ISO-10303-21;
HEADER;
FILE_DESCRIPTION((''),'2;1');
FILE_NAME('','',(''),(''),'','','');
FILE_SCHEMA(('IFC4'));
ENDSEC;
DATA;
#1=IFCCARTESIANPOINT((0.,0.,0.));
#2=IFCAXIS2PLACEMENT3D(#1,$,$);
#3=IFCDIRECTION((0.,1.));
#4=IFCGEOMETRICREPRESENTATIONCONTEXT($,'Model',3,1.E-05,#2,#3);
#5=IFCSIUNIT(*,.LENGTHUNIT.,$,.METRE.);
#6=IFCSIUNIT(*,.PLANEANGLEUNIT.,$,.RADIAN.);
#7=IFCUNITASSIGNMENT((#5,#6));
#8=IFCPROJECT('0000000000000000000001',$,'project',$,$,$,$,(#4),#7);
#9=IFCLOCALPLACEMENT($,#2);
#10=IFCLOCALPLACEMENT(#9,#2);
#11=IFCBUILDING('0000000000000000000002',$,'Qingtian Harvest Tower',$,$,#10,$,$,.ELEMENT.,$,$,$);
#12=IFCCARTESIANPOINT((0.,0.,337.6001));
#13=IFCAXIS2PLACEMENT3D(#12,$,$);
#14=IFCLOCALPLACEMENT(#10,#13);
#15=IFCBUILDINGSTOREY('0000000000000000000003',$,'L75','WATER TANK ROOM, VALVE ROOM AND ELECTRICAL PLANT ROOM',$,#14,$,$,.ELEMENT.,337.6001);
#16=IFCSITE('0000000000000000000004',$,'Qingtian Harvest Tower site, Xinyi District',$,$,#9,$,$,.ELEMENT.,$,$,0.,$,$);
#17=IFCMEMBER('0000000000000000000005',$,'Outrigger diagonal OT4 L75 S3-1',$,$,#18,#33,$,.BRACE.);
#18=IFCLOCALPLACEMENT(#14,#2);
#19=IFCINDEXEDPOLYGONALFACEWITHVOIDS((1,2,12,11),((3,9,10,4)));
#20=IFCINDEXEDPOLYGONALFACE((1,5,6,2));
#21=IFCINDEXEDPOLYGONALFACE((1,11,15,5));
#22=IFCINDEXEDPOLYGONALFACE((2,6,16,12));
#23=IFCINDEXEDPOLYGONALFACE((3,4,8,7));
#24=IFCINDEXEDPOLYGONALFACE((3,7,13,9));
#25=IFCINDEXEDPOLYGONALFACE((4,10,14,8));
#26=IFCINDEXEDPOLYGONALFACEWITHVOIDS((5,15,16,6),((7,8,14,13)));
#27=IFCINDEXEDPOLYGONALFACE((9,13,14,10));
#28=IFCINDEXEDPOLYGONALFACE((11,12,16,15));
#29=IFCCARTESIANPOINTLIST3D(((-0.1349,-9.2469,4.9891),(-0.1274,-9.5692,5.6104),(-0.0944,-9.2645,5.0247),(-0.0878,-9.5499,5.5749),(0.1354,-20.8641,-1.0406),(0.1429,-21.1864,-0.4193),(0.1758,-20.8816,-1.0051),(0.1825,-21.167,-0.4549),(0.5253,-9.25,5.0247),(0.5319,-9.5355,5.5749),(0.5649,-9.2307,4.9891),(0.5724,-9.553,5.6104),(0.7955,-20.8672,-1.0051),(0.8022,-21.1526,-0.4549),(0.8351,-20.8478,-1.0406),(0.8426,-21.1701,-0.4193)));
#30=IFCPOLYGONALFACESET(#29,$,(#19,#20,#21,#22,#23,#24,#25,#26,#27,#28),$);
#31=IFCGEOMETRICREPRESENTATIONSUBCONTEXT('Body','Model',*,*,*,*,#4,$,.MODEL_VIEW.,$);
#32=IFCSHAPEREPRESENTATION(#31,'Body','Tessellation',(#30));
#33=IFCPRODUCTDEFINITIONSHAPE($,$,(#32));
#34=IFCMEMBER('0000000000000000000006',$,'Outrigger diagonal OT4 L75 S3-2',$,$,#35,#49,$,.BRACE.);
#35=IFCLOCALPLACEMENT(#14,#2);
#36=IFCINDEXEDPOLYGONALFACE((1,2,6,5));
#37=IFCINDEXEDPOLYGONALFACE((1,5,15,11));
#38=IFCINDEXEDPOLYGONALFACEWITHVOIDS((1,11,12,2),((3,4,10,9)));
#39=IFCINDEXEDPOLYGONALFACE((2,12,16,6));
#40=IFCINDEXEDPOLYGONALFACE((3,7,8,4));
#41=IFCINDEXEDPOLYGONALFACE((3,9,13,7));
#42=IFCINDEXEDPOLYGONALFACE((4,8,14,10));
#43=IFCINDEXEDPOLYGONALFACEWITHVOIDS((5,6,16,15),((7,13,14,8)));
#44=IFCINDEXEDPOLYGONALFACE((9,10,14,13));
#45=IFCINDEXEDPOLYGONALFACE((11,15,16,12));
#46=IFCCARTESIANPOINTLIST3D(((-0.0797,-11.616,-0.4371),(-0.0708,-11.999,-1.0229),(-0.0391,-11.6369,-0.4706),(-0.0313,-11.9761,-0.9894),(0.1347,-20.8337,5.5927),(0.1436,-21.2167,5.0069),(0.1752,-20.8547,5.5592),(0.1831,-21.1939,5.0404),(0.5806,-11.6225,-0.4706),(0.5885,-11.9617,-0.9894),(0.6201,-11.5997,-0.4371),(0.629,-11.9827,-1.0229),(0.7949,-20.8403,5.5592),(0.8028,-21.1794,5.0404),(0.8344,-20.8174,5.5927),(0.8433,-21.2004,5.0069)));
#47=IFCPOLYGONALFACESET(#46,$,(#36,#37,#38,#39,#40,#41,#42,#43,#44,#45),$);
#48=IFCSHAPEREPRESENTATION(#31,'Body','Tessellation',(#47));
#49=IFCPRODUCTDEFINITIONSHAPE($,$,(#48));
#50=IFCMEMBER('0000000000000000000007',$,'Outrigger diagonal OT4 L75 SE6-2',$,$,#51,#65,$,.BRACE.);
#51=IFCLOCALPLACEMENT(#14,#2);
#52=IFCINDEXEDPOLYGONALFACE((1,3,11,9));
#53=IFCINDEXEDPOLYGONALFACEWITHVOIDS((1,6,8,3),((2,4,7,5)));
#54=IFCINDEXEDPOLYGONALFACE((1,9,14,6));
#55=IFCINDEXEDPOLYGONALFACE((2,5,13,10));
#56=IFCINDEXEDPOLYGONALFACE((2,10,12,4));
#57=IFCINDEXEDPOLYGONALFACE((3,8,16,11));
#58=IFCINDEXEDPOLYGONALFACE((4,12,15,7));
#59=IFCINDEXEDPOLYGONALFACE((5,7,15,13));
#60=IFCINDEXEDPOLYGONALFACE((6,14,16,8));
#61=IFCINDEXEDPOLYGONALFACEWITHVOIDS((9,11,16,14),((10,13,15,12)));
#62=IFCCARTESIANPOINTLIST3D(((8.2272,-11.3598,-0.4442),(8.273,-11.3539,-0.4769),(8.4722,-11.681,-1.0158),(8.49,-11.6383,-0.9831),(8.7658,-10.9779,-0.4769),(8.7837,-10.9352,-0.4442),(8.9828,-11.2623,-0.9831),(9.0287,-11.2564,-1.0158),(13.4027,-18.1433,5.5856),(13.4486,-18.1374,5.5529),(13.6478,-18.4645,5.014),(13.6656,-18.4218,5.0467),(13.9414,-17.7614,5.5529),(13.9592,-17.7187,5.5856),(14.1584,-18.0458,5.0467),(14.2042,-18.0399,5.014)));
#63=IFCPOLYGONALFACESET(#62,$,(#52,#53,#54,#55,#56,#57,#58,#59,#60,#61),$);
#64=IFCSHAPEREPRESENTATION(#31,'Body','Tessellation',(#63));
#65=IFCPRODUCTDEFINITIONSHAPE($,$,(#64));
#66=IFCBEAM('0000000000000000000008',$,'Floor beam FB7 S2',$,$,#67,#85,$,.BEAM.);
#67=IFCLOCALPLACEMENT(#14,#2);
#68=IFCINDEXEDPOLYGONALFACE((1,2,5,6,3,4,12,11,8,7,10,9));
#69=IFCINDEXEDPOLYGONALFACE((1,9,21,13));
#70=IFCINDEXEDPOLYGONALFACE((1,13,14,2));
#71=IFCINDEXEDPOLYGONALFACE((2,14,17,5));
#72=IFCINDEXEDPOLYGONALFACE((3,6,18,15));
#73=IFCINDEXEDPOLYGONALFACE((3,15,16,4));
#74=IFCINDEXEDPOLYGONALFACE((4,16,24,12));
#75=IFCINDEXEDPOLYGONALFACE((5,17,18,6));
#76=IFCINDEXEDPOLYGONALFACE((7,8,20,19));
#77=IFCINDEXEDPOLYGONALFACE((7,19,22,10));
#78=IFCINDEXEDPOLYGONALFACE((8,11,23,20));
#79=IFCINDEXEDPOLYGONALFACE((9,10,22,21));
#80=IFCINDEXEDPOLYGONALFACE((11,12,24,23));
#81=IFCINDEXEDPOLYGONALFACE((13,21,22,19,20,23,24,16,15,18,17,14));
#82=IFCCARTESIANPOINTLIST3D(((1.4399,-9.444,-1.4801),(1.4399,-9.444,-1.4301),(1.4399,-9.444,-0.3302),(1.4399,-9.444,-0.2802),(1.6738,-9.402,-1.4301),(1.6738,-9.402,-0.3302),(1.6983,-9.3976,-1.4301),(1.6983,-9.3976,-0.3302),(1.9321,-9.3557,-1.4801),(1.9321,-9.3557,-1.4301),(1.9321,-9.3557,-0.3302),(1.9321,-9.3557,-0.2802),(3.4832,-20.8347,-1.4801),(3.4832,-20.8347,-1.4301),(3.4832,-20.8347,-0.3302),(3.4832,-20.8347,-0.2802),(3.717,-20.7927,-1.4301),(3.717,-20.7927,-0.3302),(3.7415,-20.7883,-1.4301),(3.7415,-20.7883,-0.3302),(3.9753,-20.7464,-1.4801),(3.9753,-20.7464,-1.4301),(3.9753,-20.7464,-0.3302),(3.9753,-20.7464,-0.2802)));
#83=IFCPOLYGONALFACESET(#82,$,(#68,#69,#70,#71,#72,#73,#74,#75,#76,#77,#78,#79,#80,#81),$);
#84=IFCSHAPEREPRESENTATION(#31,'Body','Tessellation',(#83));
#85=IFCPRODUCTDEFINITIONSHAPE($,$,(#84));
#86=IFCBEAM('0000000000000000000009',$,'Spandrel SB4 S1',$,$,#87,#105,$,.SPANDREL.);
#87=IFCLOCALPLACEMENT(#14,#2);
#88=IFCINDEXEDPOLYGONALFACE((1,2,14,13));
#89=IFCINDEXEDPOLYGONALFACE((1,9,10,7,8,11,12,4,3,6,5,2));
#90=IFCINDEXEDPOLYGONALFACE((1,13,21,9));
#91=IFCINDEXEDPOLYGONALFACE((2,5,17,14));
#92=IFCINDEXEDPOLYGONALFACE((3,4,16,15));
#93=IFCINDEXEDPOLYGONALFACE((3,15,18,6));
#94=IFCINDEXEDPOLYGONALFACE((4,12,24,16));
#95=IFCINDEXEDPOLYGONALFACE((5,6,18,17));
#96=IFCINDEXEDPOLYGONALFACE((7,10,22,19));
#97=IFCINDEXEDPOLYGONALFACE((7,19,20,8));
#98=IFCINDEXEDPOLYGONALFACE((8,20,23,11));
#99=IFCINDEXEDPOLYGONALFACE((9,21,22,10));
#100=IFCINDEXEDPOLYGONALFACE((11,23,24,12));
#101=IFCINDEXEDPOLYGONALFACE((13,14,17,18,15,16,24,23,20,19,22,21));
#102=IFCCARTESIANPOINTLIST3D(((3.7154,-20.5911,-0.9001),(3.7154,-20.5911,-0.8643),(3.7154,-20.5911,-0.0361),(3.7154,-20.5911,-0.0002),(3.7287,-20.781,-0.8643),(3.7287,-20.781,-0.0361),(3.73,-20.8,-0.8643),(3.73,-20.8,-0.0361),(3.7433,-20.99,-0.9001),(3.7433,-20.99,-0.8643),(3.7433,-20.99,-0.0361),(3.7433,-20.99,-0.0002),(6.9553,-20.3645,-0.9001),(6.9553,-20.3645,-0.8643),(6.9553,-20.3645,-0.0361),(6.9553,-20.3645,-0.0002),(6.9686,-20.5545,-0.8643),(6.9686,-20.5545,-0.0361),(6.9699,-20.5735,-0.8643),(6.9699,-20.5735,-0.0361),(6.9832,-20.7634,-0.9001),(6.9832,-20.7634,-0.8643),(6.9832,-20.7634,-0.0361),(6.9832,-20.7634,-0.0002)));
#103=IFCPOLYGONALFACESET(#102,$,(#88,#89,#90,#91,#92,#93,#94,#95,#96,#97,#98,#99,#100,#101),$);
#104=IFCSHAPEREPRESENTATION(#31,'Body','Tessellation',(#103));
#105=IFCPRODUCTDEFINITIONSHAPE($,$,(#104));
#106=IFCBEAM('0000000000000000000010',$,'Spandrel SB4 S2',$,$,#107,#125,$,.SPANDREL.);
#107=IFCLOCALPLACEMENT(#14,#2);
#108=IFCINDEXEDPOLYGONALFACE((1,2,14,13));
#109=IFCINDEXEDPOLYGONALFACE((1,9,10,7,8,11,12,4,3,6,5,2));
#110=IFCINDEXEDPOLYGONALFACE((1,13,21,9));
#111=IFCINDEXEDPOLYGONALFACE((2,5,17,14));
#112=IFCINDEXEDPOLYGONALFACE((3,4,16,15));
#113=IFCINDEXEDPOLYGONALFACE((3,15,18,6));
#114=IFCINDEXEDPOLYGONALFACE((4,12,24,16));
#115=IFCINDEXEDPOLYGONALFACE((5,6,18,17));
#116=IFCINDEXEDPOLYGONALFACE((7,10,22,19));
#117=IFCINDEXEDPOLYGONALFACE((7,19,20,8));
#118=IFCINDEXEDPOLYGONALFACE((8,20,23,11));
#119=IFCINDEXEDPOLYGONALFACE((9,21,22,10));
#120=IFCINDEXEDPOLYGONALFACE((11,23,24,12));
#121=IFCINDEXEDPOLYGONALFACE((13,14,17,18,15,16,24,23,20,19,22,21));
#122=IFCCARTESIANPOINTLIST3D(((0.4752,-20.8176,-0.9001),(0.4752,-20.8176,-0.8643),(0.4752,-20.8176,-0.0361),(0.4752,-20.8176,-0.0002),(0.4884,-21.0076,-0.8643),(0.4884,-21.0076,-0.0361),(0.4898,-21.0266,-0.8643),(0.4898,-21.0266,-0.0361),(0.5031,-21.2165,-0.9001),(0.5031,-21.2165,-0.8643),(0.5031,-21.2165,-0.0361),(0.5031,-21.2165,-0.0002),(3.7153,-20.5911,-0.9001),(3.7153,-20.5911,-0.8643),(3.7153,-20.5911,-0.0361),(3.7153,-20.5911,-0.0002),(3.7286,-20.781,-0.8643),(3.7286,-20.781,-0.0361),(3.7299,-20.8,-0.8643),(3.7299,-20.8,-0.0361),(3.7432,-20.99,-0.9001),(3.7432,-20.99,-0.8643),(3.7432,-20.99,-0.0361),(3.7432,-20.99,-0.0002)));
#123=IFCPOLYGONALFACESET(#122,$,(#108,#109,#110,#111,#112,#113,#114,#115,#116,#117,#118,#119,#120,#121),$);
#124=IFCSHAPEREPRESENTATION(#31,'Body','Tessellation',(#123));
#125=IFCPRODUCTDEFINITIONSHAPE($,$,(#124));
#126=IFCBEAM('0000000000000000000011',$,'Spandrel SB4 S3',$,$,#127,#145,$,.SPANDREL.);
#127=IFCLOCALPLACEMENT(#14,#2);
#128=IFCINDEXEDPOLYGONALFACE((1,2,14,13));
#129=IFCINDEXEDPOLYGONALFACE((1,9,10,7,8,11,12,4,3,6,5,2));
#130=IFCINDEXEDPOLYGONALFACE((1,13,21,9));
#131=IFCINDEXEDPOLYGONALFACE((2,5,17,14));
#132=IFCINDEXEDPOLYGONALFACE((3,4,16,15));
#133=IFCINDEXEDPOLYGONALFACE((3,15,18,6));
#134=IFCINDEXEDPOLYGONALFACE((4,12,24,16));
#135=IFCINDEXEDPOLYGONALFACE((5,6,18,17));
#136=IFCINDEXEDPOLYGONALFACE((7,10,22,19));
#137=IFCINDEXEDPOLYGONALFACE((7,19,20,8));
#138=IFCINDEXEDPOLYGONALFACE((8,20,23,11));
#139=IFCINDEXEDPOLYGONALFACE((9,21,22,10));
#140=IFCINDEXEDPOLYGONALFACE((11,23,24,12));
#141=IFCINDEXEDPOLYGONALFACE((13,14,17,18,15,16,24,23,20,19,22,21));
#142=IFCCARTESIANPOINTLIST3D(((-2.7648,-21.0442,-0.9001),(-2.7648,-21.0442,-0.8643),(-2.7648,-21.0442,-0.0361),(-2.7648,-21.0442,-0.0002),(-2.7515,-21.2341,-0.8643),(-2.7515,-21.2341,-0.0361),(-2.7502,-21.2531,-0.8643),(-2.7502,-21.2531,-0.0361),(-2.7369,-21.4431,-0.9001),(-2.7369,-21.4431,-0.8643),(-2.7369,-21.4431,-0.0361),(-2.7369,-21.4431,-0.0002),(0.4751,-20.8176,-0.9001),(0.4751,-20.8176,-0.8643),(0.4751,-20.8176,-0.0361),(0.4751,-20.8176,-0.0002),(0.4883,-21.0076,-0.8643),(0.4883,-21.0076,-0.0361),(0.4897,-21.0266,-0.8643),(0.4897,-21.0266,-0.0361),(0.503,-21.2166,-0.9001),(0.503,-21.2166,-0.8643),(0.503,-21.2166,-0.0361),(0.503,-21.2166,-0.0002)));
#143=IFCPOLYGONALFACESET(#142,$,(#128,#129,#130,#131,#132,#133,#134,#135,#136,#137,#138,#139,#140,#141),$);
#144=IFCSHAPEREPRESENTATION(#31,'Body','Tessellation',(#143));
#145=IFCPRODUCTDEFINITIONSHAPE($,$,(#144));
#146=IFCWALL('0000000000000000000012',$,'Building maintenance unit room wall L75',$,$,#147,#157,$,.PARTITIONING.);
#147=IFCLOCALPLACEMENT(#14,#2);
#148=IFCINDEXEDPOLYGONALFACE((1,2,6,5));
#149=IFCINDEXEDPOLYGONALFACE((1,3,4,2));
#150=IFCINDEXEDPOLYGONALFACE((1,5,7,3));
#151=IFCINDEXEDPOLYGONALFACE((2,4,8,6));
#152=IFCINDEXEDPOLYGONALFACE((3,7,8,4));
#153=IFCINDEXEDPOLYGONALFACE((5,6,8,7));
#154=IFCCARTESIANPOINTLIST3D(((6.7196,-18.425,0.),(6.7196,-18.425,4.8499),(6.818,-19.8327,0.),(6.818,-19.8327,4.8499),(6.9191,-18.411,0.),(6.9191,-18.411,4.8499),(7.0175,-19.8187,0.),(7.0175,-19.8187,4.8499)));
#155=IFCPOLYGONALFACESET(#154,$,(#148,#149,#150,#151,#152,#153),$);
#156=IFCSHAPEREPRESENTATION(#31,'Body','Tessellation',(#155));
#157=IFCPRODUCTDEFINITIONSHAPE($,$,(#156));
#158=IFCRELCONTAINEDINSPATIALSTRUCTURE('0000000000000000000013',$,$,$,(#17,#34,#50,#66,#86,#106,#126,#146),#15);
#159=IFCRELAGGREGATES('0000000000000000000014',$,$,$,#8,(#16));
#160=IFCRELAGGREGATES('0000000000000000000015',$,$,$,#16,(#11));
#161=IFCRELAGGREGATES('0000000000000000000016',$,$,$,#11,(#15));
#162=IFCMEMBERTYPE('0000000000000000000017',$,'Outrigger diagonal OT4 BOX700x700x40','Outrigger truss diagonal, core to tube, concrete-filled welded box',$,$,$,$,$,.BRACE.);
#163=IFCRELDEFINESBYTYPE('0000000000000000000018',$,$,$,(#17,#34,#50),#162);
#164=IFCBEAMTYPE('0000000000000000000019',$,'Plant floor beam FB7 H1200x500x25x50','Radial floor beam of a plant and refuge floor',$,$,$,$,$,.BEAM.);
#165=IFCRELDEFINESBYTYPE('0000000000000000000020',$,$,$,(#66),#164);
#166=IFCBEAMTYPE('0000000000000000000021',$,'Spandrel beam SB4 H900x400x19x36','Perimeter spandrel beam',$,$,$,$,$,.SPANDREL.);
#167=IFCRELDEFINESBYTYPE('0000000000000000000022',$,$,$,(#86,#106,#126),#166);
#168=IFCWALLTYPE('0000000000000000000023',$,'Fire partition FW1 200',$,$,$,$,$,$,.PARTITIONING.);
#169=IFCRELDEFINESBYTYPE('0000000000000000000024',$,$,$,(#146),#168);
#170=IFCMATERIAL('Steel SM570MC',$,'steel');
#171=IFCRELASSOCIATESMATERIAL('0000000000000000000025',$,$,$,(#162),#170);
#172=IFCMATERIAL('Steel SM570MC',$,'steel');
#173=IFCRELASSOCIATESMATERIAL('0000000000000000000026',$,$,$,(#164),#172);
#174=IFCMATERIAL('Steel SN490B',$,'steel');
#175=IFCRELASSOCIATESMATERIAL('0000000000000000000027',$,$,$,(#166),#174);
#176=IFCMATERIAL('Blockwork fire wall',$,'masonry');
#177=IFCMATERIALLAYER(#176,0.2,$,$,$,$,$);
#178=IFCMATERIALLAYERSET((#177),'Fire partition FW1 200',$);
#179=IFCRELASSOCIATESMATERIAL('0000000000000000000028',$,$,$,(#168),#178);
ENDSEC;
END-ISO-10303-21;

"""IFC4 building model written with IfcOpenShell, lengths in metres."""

from ifc_helpers import new_model, si_unit, direction, frame, frame_2d, origin, origin_2d, place, context, subcontext, project, spatial, rectangle, hollow_rectangle, i_section, extrude, material, layer, layer_set, material_profile, profile_set, type_object, element, save


model = new_model("IFC4")

# Units and contexts
model_context = context("Model", 3, precision=1e-05, world=origin(), true_north=direction((0.0, 1.0)))
body_context = subcontext(model_context, "Body", "Model", "MODEL_VIEW")
ifc_project = project(units=[si_unit("LENGTHUNIT", "METRE"), si_unit("PLANEANGLEUNIT", "RADIAN")], contexts=[model_context])

# Site, building, storey
site_placement = place(None, origin())
site = spatial("IfcSite", under=ifc_project, at=site_placement, Name="Qingtian Harvest Tower site, Xinyi District", CompositionType="ELEMENT", RefElevation=0.0)
building_placement = place(site_placement, origin())
building = spatial("IfcBuilding", under=site, at=building_placement, Name="Qingtian Harvest Tower", CompositionType="ELEMENT")
storey_placement = place(building_placement, frame((0.0, 0.0, 337.6001)))
storey = spatial("IfcBuildingStorey", under=building, at=storey_placement, Name="L75", Description="WATER TANK ROOM, VALVE ROOM AND ELECTRICAL PLANT ROOM", CompositionType="ELEMENT", Elevation=337.6001)

# Members
ifc_material_1 = material(Name="Steel SM570MC", Category="steel")
ifc_material_profile_1 = material_profile(ifc_material_1, hollow_rectangle(XDim=0.7, YDim=0.7, WallThickness=0.04, at=origin_2d()), Name="BOX700x700x40")
ifc_profile_set_1 = profile_set([ifc_material_profile_1], Name="Steel SM570MC")
member_type = type_object("IfcMemberType", Name="Outrigger diagonal OT4 BOX700x700x40", Description="Outrigger truss diagonal, core to tube, concrete-filled welded box", PredefinedType="BRACE", material=ifc_profile_set_1)
member_1_placement = place(storey_placement, frame((0.489, -21.0171, -0.73), z_axis=(-0.020644, 0.887376, 0.460584), x_axis=(-0.99973, -0.023258, 0.0)))
element("IfcMember", 1, at=member_1_placement, inside=storey, type_object=member_type, Name="Outrigger diagonal OT4 L75 S3-1", PredefinedType="BRACE", context=body_context, shape_type="SweptSolid", body=[
    extrude(hollow_rectangle(XDim=0.7, YDim=0.7, WallThickness=0.04, at=origin_2d()), origin(), (0.0, 0.0, 1.0), 13.0916),
])
member_2_placement = place(storey_placement, frame((0.2747, -11.7993, -0.73), z_axis=(0.019457, -0.836696, 0.547322), x_axis=(0.99973, 0.023248, 0.0)))
element("IfcMember", 2, at=member_2_placement, inside=storey, type_object=member_type, Name="Outrigger diagonal OT4 L75 S3-2", PredefinedType="BRACE", context=body_context, shape_type="SweptSolid", body=[
    extrude(hollow_rectangle(XDim=0.7, YDim=0.7, WallThickness=0.04, at=origin_2d()), origin(), (0.0, 0.0, 1.0), 11.0168),
])
member_3_placement = place(storey_placement, frame((8.6279, -11.3081, -0.73), z_axis=(0.495364, -0.649261, 0.577126), x_axis=(0.795025, 0.606577, 0.0)))
element("IfcMember", 3, at=member_3_placement, inside=storey, type_object=member_type, Name="Outrigger diagonal OT4 L75 SE6-2", PredefinedType="BRACE", context=body_context, shape_type="SweptSolid", body=[
    extrude(hollow_rectangle(XDim=0.7, YDim=0.7, WallThickness=0.04, at=origin_2d()), origin(), (0.0, 0.0, 1.0), 10.448),
])

# Beams
ifc_material_2 = material(Name="Steel SM570MC", Category="steel")
ifc_material_profile_2 = material_profile(ifc_material_2, i_section(OverallWidth=0.5, OverallDepth=1.2, WebThickness=0.0249, FlangeThickness=0.05, at=origin_2d()), Name="H1200x500x25x50")
ifc_profile_set_2 = profile_set([ifc_material_profile_2], Name="Steel SM570MC")
beam_type_1 = type_object("IfcBeamType", Name="Plant floor beam FB7 H1200x500x25x50", Description="Radial floor beam of a plant and refuge floor", PredefinedType="BEAM", material=ifc_profile_set_2)
beam_1_placement = place(storey_placement, frame((3.7292, -20.7905, -0.8801), z_axis=(-0.176559, 0.98429, 0.0), x_axis=(-0.98429, -0.176559, 0.0)))
element("IfcBeam", 4, at=beam_1_placement, inside=storey, type_object=beam_type_1, Name="Floor beam FB7 S2", PredefinedType="BEAM", context=body_context, shape_type="SweptSolid", body=[
    extrude(i_section(OverallWidth=0.5, OverallDepth=1.2, WebThickness=0.0249, FlangeThickness=0.05, at=origin_2d()), origin(), (0.0, 0.0, 1.0), 11.5725),
])
ifc_material_3 = material(Name="Steel SN490B", Category="steel")
ifc_material_profile_3 = material_profile(ifc_material_3, i_section(OverallWidth=0.3999, OverallDepth=0.8999, WebThickness=0.019, FlangeThickness=0.0359, at=origin_2d()), Name="H900x400x19x36")
ifc_profile_set_3 = profile_set([ifc_material_profile_3], Name="Steel SN490B")
beam_type_2 = type_object("IfcBeamType", Name="Spandrel beam SB4 H900x400x19x36", Description="Perimeter spandrel beam", PredefinedType="SPANDREL", material=ifc_profile_set_3)
beam_2_placement = place(storey_placement, frame((6.9692, -20.564, -0.4502), z_axis=(-0.997564, -0.069757, 0.0), x_axis=(0.069757, -0.997564, 0.0)))
element("IfcBeam", 5, at=beam_2_placement, inside=storey, type_object=beam_type_2, Name="Spandrel SB4 S1", PredefinedType="SPANDREL", context=body_context, shape_type="SweptSolid", body=[
    extrude(i_section(OverallWidth=0.3999, OverallDepth=0.8999, WebThickness=0.019, FlangeThickness=0.0359, at=origin_2d()), origin(), (0.0, 0.0, 1.0), 3.2478),
])
beam_3_placement = place(storey_placement, frame((3.7292, -20.7905, -0.4502), z_axis=(-0.997564, -0.069751, 0.0), x_axis=(0.069751, -0.997564, 0.0)))
element("IfcBeam", 6, at=beam_3_placement, inside=storey, type_object=beam_type_2, Name="Spandrel SB4 S2", PredefinedType="SPANDREL", context=body_context, shape_type="SweptSolid", body=[
    extrude(i_section(OverallWidth=0.3999, OverallDepth=0.8999, WebThickness=0.019, FlangeThickness=0.0359, at=origin_2d()), origin(), (0.0, 0.0, 1.0), 3.248),
])
beam_4_placement = place(storey_placement, frame((0.489, -21.0171, -0.4502), z_axis=(-0.997564, -0.069757, 0.0), x_axis=(0.069757, -0.997564, 0.0)))
element("IfcBeam", 7, at=beam_4_placement, inside=storey, type_object=beam_type_2, Name="Spandrel SB4 S3", PredefinedType="SPANDREL", context=body_context, shape_type="SweptSolid", body=[
    extrude(i_section(OverallWidth=0.3999, OverallDepth=0.8999, WebThickness=0.019, FlangeThickness=0.0359, at=origin_2d()), origin(), (0.0, 0.0, 1.0), 3.2478),
])

# Wall
ifc_material_4 = material(Name="Blockwork fire wall", Category="masonry")
ifc_layer_1 = layer(ifc_material_4, 0.2)
ifc_layer_set_1 = layer_set([ifc_layer_1], Name="Fire partition FW1 200")
wall_type = type_object("IfcWallType", Name="Fire partition FW1 200", PredefinedType="PARTITIONING", material=ifc_layer_set_1)
wall_1_placement = place(storey_placement, frame((6.9177, -19.8257, 0.0), z_axis=(0.0, 0.0, 1.0), x_axis=(-0.069722, 0.997566, 0.0)))
element("IfcWall", 8, at=wall_1_placement, inside=storey, type_object=wall_type, Name="Building maintenance unit room wall L75", PredefinedType="PARTITIONING", context=body_context, shape_type="SweptSolid", body=[
    extrude(rectangle(XDim=1.4111, YDim=0.2, at=frame_2d((0.7056, 0.0))), origin(), (0.0, 0.0, 1.0), 4.8499),
])

save(model, "model.ifc")
